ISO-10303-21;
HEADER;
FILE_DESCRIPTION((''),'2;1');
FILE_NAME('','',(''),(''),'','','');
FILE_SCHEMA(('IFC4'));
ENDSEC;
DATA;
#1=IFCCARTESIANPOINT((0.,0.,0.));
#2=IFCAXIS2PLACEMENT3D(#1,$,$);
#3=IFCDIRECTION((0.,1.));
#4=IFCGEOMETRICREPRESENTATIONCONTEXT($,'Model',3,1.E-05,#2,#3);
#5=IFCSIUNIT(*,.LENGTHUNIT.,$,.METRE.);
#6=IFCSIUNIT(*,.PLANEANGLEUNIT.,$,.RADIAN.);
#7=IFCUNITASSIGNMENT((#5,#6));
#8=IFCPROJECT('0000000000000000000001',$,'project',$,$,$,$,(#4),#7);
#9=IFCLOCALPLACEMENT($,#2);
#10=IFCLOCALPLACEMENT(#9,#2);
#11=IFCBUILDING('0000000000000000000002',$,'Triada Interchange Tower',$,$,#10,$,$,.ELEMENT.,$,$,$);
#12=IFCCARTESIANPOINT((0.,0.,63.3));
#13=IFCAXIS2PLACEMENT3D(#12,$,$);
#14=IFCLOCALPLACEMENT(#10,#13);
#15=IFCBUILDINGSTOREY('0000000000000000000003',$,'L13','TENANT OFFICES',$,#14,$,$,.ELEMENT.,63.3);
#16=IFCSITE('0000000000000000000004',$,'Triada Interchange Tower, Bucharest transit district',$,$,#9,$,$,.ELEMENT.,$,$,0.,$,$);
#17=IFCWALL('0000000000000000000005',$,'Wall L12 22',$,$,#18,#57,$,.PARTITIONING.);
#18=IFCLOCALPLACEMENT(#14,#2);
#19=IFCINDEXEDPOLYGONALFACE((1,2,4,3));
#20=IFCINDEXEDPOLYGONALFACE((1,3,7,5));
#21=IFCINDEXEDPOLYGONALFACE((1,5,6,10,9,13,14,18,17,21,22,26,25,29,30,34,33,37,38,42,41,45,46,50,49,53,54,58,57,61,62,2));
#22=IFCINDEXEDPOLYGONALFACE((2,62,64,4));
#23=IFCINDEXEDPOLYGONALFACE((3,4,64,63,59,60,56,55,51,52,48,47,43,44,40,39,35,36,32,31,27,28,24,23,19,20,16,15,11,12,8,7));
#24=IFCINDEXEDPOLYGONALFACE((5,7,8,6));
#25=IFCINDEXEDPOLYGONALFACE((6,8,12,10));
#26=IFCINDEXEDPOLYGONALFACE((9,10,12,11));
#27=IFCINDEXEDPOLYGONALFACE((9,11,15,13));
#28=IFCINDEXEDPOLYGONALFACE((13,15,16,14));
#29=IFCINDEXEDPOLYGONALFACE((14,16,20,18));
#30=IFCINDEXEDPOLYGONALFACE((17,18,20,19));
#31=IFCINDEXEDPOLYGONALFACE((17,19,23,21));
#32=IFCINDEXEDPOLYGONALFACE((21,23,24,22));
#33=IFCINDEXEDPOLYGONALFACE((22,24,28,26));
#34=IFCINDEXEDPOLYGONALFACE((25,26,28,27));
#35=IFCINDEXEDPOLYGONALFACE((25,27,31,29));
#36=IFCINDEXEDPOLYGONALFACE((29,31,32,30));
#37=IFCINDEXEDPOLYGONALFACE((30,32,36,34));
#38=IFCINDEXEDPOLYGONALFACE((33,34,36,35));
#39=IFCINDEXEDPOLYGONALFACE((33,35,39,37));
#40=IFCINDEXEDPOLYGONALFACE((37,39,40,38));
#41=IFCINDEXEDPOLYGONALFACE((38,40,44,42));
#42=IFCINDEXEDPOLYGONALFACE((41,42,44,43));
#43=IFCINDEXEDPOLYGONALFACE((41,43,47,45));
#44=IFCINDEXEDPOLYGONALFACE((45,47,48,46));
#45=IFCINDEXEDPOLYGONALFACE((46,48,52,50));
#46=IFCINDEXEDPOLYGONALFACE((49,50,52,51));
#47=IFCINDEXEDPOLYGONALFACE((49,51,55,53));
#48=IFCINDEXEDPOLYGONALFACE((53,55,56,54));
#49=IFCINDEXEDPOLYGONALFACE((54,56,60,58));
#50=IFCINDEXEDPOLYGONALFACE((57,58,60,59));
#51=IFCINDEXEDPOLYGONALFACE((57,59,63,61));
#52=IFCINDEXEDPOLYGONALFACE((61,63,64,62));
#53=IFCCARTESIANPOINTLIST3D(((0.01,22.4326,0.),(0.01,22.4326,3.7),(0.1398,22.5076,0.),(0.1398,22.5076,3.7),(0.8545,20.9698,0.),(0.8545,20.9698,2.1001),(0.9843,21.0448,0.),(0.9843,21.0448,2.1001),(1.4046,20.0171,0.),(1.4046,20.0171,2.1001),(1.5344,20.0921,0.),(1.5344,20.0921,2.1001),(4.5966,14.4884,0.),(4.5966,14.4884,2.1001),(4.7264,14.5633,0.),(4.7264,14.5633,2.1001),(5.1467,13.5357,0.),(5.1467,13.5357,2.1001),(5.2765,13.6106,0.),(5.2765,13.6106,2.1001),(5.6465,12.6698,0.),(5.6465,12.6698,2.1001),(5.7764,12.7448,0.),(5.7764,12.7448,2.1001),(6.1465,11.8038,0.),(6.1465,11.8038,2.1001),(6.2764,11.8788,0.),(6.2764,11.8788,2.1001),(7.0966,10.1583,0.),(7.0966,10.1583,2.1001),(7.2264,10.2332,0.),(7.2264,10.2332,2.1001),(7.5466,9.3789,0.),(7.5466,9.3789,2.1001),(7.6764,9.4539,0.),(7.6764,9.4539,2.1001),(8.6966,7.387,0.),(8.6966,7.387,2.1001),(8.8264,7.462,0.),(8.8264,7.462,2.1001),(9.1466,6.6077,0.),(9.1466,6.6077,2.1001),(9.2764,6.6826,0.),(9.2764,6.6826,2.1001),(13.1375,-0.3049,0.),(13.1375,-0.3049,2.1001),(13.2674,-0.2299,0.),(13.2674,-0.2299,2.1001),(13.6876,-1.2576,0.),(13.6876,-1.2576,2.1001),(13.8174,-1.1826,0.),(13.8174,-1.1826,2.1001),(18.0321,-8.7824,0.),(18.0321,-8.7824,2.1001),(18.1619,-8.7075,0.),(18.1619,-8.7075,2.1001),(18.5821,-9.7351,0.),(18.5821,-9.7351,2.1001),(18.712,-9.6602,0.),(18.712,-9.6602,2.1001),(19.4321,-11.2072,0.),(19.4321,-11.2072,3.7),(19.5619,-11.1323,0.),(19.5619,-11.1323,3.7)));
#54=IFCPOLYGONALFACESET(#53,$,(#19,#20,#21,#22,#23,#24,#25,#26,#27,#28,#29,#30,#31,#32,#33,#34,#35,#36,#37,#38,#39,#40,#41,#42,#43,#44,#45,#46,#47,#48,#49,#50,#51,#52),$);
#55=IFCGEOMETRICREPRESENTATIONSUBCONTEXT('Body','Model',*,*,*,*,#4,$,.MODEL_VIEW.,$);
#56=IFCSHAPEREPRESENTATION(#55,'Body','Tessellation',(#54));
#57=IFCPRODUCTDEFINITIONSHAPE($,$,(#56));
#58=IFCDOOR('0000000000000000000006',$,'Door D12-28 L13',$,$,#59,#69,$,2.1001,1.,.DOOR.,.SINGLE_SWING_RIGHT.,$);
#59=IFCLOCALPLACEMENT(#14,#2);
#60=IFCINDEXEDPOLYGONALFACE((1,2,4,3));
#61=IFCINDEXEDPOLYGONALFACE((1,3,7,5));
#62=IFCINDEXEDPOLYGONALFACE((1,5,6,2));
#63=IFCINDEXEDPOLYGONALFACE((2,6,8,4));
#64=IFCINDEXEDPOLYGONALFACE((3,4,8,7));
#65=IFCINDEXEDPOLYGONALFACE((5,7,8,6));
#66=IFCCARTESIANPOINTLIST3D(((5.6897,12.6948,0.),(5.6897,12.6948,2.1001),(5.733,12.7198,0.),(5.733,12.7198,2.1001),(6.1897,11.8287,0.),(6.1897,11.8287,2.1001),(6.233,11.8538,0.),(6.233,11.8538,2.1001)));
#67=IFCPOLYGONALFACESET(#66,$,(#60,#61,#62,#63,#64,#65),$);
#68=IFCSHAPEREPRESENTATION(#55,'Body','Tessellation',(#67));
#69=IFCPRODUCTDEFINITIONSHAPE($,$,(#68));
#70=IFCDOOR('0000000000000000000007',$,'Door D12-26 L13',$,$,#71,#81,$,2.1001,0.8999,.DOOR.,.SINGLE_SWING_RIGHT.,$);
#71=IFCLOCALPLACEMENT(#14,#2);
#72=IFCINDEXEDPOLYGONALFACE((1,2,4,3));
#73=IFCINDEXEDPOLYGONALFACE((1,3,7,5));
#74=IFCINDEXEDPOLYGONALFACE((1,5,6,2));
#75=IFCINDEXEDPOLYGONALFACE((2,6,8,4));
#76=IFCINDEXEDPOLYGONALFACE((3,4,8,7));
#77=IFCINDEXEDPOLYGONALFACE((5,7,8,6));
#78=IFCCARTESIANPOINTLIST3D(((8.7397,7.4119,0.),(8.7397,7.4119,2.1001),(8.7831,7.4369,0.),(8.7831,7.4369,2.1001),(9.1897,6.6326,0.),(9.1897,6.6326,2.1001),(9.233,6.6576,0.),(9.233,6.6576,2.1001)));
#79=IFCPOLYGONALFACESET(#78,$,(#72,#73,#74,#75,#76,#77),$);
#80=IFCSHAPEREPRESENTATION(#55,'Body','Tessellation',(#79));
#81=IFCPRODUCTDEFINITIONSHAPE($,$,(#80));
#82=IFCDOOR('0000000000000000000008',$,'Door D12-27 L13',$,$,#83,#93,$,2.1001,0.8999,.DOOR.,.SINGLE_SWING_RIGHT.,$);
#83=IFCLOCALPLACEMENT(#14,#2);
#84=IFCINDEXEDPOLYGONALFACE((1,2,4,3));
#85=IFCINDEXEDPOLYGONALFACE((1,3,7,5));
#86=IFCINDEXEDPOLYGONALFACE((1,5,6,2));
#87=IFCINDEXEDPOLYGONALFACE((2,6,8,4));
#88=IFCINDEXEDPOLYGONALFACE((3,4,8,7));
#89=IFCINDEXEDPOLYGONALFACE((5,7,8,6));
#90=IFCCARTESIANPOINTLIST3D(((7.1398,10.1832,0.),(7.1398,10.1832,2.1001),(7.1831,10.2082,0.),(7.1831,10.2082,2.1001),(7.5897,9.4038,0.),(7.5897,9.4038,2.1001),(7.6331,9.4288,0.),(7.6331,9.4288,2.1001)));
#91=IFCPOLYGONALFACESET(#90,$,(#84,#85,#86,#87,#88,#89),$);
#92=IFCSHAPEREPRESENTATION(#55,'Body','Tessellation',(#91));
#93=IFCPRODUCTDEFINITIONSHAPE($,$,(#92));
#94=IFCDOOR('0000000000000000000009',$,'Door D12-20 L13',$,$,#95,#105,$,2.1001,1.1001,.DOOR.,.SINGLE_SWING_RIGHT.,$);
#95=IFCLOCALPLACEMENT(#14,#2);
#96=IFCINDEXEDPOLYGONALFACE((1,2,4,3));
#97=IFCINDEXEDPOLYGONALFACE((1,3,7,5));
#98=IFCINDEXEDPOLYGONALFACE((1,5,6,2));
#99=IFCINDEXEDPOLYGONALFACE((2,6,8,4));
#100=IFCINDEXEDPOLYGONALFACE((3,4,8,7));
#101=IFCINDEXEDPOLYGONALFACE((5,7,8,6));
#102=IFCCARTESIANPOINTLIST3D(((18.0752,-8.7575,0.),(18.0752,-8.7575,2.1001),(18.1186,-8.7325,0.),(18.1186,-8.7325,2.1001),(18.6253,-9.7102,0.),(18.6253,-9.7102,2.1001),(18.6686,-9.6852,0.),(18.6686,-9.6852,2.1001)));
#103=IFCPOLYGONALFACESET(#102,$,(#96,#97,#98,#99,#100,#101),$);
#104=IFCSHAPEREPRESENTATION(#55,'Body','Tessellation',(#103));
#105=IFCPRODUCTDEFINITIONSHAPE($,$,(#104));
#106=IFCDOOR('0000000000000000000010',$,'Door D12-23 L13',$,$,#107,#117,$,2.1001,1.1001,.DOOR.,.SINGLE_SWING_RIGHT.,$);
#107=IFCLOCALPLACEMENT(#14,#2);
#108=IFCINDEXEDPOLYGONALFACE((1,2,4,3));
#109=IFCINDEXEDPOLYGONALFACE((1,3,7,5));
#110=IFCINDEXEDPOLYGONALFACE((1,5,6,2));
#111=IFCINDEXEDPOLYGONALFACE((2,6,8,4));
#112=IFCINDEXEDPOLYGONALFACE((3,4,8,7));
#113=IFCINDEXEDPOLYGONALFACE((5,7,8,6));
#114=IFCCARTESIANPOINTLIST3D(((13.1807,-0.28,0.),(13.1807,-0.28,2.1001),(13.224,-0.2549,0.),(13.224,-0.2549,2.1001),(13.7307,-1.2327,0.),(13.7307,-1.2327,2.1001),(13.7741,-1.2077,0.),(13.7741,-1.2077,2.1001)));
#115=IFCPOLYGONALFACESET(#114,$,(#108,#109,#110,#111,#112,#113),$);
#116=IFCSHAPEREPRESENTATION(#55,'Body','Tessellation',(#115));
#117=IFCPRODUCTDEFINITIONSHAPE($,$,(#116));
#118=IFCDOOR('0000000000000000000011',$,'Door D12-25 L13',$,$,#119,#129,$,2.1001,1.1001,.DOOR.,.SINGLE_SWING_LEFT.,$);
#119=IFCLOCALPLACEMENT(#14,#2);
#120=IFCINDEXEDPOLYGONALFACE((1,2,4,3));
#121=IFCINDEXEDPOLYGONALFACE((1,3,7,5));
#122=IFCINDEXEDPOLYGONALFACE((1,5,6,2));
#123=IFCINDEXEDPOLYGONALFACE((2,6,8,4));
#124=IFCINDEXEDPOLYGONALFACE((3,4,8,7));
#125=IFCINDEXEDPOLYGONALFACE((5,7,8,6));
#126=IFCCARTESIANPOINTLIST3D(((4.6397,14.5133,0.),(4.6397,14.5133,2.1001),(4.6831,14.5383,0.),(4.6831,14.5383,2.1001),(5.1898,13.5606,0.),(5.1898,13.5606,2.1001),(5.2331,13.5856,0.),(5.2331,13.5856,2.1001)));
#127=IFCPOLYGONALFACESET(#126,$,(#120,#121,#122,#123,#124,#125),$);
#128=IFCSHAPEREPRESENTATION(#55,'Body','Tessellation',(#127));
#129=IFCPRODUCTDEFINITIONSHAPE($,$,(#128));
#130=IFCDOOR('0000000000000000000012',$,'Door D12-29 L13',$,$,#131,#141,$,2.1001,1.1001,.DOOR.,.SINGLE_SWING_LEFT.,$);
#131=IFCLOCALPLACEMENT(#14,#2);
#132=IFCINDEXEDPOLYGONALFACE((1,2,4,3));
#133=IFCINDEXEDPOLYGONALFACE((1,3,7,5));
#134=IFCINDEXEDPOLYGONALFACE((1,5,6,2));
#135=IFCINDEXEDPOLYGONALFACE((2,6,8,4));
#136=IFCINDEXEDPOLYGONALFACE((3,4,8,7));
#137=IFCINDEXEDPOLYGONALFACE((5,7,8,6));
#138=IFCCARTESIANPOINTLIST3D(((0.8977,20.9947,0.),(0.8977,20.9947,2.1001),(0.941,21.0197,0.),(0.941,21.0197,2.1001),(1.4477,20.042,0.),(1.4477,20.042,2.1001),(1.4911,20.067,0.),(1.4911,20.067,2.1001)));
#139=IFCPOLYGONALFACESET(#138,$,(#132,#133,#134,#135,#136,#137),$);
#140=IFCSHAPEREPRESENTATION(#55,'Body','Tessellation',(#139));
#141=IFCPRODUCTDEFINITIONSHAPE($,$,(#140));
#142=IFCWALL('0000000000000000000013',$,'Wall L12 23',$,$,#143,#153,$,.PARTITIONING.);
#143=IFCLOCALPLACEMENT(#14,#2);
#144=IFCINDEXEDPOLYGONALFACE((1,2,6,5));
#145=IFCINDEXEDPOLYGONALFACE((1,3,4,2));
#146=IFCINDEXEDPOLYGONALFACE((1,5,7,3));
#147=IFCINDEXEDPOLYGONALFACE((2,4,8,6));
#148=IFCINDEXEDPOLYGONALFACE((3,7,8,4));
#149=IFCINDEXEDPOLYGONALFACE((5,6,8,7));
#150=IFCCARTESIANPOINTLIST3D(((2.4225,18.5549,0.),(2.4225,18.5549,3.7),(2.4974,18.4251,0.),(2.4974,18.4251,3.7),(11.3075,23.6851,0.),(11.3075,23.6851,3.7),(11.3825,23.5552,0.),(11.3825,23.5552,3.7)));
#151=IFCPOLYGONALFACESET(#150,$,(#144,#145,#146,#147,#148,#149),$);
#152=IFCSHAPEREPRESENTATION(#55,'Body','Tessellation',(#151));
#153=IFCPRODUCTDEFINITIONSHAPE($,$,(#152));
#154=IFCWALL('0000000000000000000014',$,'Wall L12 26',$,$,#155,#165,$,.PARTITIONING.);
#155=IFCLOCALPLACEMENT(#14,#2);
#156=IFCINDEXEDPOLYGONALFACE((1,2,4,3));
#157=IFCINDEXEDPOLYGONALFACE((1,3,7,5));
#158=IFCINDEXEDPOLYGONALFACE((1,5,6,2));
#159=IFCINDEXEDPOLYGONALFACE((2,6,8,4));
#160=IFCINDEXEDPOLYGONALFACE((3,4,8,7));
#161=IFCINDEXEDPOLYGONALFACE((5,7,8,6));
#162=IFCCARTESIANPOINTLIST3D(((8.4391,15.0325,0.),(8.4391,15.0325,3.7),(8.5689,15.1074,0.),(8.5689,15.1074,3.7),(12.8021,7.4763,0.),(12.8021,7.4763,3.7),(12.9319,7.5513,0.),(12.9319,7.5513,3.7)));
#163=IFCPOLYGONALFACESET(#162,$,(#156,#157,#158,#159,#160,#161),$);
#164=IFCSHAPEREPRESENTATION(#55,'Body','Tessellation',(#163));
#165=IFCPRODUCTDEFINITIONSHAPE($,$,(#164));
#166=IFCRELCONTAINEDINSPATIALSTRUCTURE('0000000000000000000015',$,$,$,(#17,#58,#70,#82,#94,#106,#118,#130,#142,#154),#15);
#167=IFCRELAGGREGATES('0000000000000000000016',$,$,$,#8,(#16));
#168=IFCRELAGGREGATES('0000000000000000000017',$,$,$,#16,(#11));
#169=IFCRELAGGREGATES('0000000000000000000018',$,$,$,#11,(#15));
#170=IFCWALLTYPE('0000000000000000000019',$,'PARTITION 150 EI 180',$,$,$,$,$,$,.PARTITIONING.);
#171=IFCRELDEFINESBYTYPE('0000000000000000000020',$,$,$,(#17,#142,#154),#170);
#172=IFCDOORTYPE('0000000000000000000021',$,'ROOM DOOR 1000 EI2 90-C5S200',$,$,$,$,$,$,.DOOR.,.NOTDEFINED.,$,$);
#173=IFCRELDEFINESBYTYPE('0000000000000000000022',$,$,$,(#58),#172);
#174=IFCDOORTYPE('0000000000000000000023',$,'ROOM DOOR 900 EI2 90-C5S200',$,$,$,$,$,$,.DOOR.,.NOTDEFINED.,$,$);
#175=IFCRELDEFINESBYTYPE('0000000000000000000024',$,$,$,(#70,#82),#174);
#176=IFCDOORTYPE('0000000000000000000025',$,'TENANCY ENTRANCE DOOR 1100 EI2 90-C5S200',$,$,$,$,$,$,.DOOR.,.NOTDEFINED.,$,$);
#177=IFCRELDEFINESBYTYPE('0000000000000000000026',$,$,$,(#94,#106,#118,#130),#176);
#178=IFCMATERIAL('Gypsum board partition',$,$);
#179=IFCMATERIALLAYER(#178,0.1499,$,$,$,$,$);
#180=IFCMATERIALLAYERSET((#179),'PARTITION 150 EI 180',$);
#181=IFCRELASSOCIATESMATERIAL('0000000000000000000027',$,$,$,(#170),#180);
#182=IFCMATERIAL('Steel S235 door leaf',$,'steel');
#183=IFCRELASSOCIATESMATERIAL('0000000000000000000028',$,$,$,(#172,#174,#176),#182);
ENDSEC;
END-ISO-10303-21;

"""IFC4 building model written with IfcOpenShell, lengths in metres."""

from ifc_helpers import new_model, si_unit, direction, frame, frame_2d, origin, place, context, subcontext, project, spatial, rectangle, extrude, material, layer, layer_set, type_object, element, fill, save


model = new_model("IFC4")

# Units and contexts
model_context = context("Model", 3, precision=1e-05, world=origin(), true_north=direction((0.0, 1.0)))
body_context = subcontext(model_context, "Body", "Model", "MODEL_VIEW")
ifc_project = project(units=[si_unit("LENGTHUNIT", "METRE"), si_unit("PLANEANGLEUNIT", "RADIAN")], contexts=[model_context])

# Site, building, storey
site_placement = place(None, origin())
site = spatial("IfcSite", under=ifc_project, at=site_placement, Name="Triada Interchange Tower, Bucharest transit district", CompositionType="ELEMENT", RefElevation=0.0)
building_placement = place(site_placement, origin())
building = spatial("IfcBuilding", under=site, at=building_placement, Name="Triada Interchange Tower", CompositionType="ELEMENT")
storey_placement = place(building_placement, frame((0.0, 0.0, 63.3)))
storey = spatial("IfcBuildingStorey", under=building, at=storey_placement, Name="L13", Description="TENANT OFFICES", CompositionType="ELEMENT", Elevation=63.3)

# Shared definitions
ifc_material_1 = material(Name="Steel S235 door leaf", Category="steel")

# Shared definitions
ifc_material_2 = material(Name="Gypsum board partition")
ifc_layer_1 = layer(ifc_material_2, 0.1499)
ifc_layer_set_1 = layer_set([ifc_layer_1], Name="PARTITION 150 EI 180")
wall_type_1 = type_object("IfcWallType", Name="PARTITION 150 EI 180", PredefinedType="PARTITIONING", material=ifc_layer_set_1)

# Wall, openings, doors
wall_1_placement = place(storey_placement, frame((0.075, 22.47, 0.0), z_axis=(0.0, 0.0, 1.0), x_axis=(0.500002, -0.866024, 0.0)))
wall_1 = element("IfcWall", 1, at=wall_1_placement, inside=storey, type_object=wall_type_1, Name="Wall L12 22", PredefinedType="PARTITIONING", context=body_context, shape_type="SweptSolid", body=[
    extrude(rectangle(XDim=38.844, YDim=0.1499, at=frame_2d((19.4219, 0.0))), origin(), (0.0, 0.0, 1.0), 3.7),
])
opening_1_placement = place(wall_1_placement, frame((36.0439, 0.0, 0.0)))
opening_1 = element("IfcOpeningElement", 2, at=opening_1_placement, cuts=wall_1, PredefinedType="OPENING", context=body_context, shape_type="SweptSolid", body=[
    extrude(rectangle(XDim=1.1001, YDim=2.1001, at=frame_2d((0.55, 1.05))), frame((0.0, 0.085, 0.0), z_axis=(0.0, -1.0, 0.0), x_axis=(1.0, 0.0, 0.0)), (0.0, 0.0, 1.0), 0.1699),
])
opening_2_placement = place(wall_1_placement, frame((26.2549, 0.0, 0.0)))
opening_2 = element("IfcOpeningElement", 3, at=opening_2_placement, cuts=wall_1, PredefinedType="OPENING", context=body_context, shape_type="SweptSolid", body=[
    extrude(rectangle(XDim=1.1001, YDim=2.1001, at=frame_2d((0.55, 1.05))), frame((0.0, 0.085, 0.0), z_axis=(0.0, -1.0, 0.0), x_axis=(1.0, 0.0, 0.0)), (0.0, 0.0, 1.0), 0.1699),
])
opening_3_placement = place(wall_1_placement, frame((9.1731, 0.0, 0.0)))
opening_3 = element("IfcOpeningElement", 4, at=opening_3_placement, cuts=wall_1, PredefinedType="OPENING", context=body_context, shape_type="SweptSolid", body=[
    extrude(rectangle(XDim=1.1001, YDim=2.1001, at=frame_2d((0.55, 1.05))), frame((0.0, 0.085, 0.0), z_axis=(0.0, -1.0, 0.0), x_axis=(1.0, 0.0, 0.0)), (0.0, 0.0, 1.0), 0.1699),
])
opening_4_placement = place(wall_1_placement, frame((17.373, 0.0, 0.0)))
opening_4 = element("IfcOpeningElement", 5, at=opening_4_placement, cuts=wall_1, PredefinedType="OPENING", context=body_context, shape_type="SweptSolid", body=[
    extrude(rectangle(XDim=0.8999, YDim=2.1001, at=frame_2d((0.45, 1.05))), frame((0.0, 0.085, 0.0), z_axis=(0.0, -1.0, 0.0), x_axis=(1.0, 0.0, 0.0)), (0.0, 0.0, 1.0), 0.1699),
])
opening_5_placement = place(wall_1_placement, frame((14.1731, 0.0, 0.0)))
opening_5 = element("IfcOpeningElement", 6, at=opening_5_placement, cuts=wall_1, PredefinedType="OPENING", context=body_context, shape_type="SweptSolid", body=[
    extrude(rectangle(XDim=0.8999, YDim=2.1001, at=frame_2d((0.45, 1.05))), frame((0.0, 0.085, 0.0), z_axis=(0.0, -1.0, 0.0), x_axis=(1.0, 0.0, 0.0)), (0.0, 0.0, 1.0), 0.1699),
])
opening_6_placement = place(wall_1_placement, frame((11.2729, 0.0, 0.0)))
opening_6 = element("IfcOpeningElement", 7, at=opening_6_placement, cuts=wall_1, PredefinedType="OPENING", context=body_context, shape_type="SweptSolid", body=[
    extrude(rectangle(XDim=1.0, YDim=2.1001, at=frame_2d((0.5, 1.05))), frame((0.0, 0.085, 0.0), z_axis=(0.0, -1.0, 0.0), x_axis=(1.0, 0.0, 0.0)), (0.0, 0.0, 1.0), 0.1699),
])
opening_7_placement = place(wall_1_placement, frame((1.689, 0.0, 0.0)))
opening_7 = element("IfcOpeningElement", 8, at=opening_7_placement, cuts=wall_1, PredefinedType="OPENING", context=body_context, shape_type="SweptSolid", body=[
    extrude(rectangle(XDim=1.1001, YDim=2.1001, at=frame_2d((0.55, 1.05))), frame((0.0, 0.085, 0.0), z_axis=(0.0, -1.0, 0.0), x_axis=(1.0, 0.0, 0.0)), (0.0, 0.0, 1.0), 0.1699),
])
door_type_1 = type_object("IfcDoorType", Name="ROOM DOOR 1000 EI2 90-C5S200", OperationType="NOTDEFINED", PredefinedType="DOOR", material=ifc_material_1)
door_1_placement = place(opening_6_placement, origin())
door_1 = element("IfcDoor", 9, at=door_1_placement, inside=storey, type_object=door_type_1, Name="Door D12-28 L13", OperationType="SINGLE_SWING_RIGHT", OverallHeight=2.1001, OverallWidth=1.0, PredefinedType="DOOR", context=body_context, shape_type="SweptSolid", body=[
    extrude(rectangle(XDim=1.0, YDim=2.1001, at=frame_2d((0.5, 1.05))), frame((0.0, 0.0249, 0.0), z_axis=(0.0, -1.0, 0.0), x_axis=(1.0, 0.0, 0.0)), (0.0, 0.0, 1.0), 0.05),
])
fill(opening_6, door_1)
door_type_2 = type_object("IfcDoorType", Name="ROOM DOOR 900 EI2 90-C5S200", OperationType="NOTDEFINED", PredefinedType="DOOR", material=ifc_material_1)
door_2_placement = place(opening_4_placement, origin())
door_2 = element("IfcDoor", 10, at=door_2_placement, inside=storey, type_object=door_type_2, Name="Door D12-26 L13", OperationType="SINGLE_SWING_RIGHT", OverallHeight=2.1001, OverallWidth=0.8999, PredefinedType="DOOR", context=body_context, shape_type="SweptSolid", body=[
    extrude(rectangle(XDim=0.8999, YDim=2.1001, at=frame_2d((0.45, 1.05))), frame((0.0, 0.0249, 0.0), z_axis=(0.0, -1.0, 0.0), x_axis=(1.0, 0.0, 0.0)), (0.0, 0.0, 1.0), 0.05),
])
fill(opening_4, door_2)
door_3_placement = place(opening_5_placement, origin())
door_3 = element("IfcDoor", 11, at=door_3_placement, inside=storey, type_object=door_type_2, Name="Door D12-27 L13", OperationType="SINGLE_SWING_RIGHT", OverallHeight=2.1001, OverallWidth=0.8999, PredefinedType="DOOR", context=body_context, shape_type="SweptSolid", body=[
    extrude(rectangle(XDim=0.8999, YDim=2.1001, at=frame_2d((0.45, 1.05))), frame((0.0, 0.0249, 0.0), z_axis=(0.0, -1.0, 0.0), x_axis=(1.0, 0.0, 0.0)), (0.0, 0.0, 1.0), 0.05),
])
fill(opening_5, door_3)
door_type_3 = type_object("IfcDoorType", Name="TENANCY ENTRANCE DOOR 1100 EI2 90-C5S200", OperationType="NOTDEFINED", PredefinedType="DOOR", material=ifc_material_1)
door_4_placement = place(opening_1_placement, origin())
door_4 = element("IfcDoor", 12, at=door_4_placement, inside=storey, type_object=door_type_3, Name="Door D12-20 L13", OperationType="SINGLE_SWING_RIGHT", OverallHeight=2.1001, OverallWidth=1.1001, PredefinedType="DOOR", context=body_context, shape_type="SweptSolid", body=[
    extrude(rectangle(XDim=1.1001, YDim=2.1001, at=frame_2d((0.55, 1.05))), frame((0.0, 0.0249, 0.0), z_axis=(0.0, -1.0, 0.0), x_axis=(1.0, 0.0, 0.0)), (0.0, 0.0, 1.0), 0.05),
])
fill(opening_1, door_4)
door_5_placement = place(opening_2_placement, origin())
door_5 = element("IfcDoor", 13, at=door_5_placement, inside=storey, type_object=door_type_3, Name="Door D12-23 L13", OperationType="SINGLE_SWING_RIGHT", OverallHeight=2.1001, OverallWidth=1.1001, PredefinedType="DOOR", context=body_context, shape_type="SweptSolid", body=[
    extrude(rectangle(XDim=1.1001, YDim=2.1001, at=frame_2d((0.55, 1.05))), frame((0.0, 0.0249, 0.0), z_axis=(0.0, -1.0, 0.0), x_axis=(1.0, 0.0, 0.0)), (0.0, 0.0, 1.0), 0.05),
])
fill(opening_2, door_5)
door_6_placement = place(opening_3_placement, origin())
door_6 = element("IfcDoor", 14, at=door_6_placement, inside=storey, type_object=door_type_3, Name="Door D12-25 L13", OperationType="SINGLE_SWING_LEFT", OverallHeight=2.1001, OverallWidth=1.1001, PredefinedType="DOOR", context=body_context, shape_type="SweptSolid", body=[
    extrude(rectangle(XDim=1.1001, YDim=2.1001, at=frame_2d((0.55, 1.05))), frame((0.0, 0.0249, 0.0), z_axis=(0.0, -1.0, 0.0), x_axis=(1.0, 0.0, 0.0)), (0.0, 0.0, 1.0), 0.05),
])
fill(opening_3, door_6)
door_7_placement = place(opening_7_placement, origin())
door_7 = element("IfcDoor", 15, at=door_7_placement, inside=storey, type_object=door_type_3, Name="Door D12-29 L13", OperationType="SINGLE_SWING_LEFT", OverallHeight=2.1001, OverallWidth=1.1001, PredefinedType="DOOR", context=body_context, shape_type="SweptSolid", body=[
    extrude(rectangle(XDim=1.1001, YDim=2.1001, at=frame_2d((0.55, 1.05))), frame((0.0, 0.0249, 0.0), z_axis=(0.0, -1.0, 0.0), x_axis=(1.0, 0.0, 0.0)), (0.0, 0.0, 1.0), 0.05),
])
fill(opening_7, door_7)

# Walls
wall_2_placement = place(storey_placement, frame((2.46, 18.49, 0.0), z_axis=(0.0, 0.0, 1.0), x_axis=(0.86601, 0.500027, 0.0)))
element("IfcWall", 16, at=wall_2_placement, inside=storey, type_object=wall_type_1, Name="Wall L12 23", PredefinedType="PARTITIONING", context=body_context, shape_type="SweptSolid", body=[
    extrude(rectangle(XDim=10.2598, YDim=0.1499, at=frame_2d((5.1299, 0.0))), origin(), (0.0, 0.0, 1.0), 3.7),
])
wall_3_placement = place(storey_placement, frame((8.5039, 15.0701, 0.0), z_axis=(0.0, 0.0, 1.0), x_axis=(0.500042, -0.866001, 0.0)))
element("IfcWall", 17, at=wall_3_placement, inside=storey, type_object=wall_type_1, Name="Wall L12 26", PredefinedType="PARTITIONING", context=body_context, shape_type="SweptSolid", body=[
    extrude(rectangle(XDim=8.7253, YDim=0.1499, at=frame_2d((4.3628, 0.0))), origin(), (0.0, 0.0, 1.0), 3.7),
])

save(model, "model.ifc")
